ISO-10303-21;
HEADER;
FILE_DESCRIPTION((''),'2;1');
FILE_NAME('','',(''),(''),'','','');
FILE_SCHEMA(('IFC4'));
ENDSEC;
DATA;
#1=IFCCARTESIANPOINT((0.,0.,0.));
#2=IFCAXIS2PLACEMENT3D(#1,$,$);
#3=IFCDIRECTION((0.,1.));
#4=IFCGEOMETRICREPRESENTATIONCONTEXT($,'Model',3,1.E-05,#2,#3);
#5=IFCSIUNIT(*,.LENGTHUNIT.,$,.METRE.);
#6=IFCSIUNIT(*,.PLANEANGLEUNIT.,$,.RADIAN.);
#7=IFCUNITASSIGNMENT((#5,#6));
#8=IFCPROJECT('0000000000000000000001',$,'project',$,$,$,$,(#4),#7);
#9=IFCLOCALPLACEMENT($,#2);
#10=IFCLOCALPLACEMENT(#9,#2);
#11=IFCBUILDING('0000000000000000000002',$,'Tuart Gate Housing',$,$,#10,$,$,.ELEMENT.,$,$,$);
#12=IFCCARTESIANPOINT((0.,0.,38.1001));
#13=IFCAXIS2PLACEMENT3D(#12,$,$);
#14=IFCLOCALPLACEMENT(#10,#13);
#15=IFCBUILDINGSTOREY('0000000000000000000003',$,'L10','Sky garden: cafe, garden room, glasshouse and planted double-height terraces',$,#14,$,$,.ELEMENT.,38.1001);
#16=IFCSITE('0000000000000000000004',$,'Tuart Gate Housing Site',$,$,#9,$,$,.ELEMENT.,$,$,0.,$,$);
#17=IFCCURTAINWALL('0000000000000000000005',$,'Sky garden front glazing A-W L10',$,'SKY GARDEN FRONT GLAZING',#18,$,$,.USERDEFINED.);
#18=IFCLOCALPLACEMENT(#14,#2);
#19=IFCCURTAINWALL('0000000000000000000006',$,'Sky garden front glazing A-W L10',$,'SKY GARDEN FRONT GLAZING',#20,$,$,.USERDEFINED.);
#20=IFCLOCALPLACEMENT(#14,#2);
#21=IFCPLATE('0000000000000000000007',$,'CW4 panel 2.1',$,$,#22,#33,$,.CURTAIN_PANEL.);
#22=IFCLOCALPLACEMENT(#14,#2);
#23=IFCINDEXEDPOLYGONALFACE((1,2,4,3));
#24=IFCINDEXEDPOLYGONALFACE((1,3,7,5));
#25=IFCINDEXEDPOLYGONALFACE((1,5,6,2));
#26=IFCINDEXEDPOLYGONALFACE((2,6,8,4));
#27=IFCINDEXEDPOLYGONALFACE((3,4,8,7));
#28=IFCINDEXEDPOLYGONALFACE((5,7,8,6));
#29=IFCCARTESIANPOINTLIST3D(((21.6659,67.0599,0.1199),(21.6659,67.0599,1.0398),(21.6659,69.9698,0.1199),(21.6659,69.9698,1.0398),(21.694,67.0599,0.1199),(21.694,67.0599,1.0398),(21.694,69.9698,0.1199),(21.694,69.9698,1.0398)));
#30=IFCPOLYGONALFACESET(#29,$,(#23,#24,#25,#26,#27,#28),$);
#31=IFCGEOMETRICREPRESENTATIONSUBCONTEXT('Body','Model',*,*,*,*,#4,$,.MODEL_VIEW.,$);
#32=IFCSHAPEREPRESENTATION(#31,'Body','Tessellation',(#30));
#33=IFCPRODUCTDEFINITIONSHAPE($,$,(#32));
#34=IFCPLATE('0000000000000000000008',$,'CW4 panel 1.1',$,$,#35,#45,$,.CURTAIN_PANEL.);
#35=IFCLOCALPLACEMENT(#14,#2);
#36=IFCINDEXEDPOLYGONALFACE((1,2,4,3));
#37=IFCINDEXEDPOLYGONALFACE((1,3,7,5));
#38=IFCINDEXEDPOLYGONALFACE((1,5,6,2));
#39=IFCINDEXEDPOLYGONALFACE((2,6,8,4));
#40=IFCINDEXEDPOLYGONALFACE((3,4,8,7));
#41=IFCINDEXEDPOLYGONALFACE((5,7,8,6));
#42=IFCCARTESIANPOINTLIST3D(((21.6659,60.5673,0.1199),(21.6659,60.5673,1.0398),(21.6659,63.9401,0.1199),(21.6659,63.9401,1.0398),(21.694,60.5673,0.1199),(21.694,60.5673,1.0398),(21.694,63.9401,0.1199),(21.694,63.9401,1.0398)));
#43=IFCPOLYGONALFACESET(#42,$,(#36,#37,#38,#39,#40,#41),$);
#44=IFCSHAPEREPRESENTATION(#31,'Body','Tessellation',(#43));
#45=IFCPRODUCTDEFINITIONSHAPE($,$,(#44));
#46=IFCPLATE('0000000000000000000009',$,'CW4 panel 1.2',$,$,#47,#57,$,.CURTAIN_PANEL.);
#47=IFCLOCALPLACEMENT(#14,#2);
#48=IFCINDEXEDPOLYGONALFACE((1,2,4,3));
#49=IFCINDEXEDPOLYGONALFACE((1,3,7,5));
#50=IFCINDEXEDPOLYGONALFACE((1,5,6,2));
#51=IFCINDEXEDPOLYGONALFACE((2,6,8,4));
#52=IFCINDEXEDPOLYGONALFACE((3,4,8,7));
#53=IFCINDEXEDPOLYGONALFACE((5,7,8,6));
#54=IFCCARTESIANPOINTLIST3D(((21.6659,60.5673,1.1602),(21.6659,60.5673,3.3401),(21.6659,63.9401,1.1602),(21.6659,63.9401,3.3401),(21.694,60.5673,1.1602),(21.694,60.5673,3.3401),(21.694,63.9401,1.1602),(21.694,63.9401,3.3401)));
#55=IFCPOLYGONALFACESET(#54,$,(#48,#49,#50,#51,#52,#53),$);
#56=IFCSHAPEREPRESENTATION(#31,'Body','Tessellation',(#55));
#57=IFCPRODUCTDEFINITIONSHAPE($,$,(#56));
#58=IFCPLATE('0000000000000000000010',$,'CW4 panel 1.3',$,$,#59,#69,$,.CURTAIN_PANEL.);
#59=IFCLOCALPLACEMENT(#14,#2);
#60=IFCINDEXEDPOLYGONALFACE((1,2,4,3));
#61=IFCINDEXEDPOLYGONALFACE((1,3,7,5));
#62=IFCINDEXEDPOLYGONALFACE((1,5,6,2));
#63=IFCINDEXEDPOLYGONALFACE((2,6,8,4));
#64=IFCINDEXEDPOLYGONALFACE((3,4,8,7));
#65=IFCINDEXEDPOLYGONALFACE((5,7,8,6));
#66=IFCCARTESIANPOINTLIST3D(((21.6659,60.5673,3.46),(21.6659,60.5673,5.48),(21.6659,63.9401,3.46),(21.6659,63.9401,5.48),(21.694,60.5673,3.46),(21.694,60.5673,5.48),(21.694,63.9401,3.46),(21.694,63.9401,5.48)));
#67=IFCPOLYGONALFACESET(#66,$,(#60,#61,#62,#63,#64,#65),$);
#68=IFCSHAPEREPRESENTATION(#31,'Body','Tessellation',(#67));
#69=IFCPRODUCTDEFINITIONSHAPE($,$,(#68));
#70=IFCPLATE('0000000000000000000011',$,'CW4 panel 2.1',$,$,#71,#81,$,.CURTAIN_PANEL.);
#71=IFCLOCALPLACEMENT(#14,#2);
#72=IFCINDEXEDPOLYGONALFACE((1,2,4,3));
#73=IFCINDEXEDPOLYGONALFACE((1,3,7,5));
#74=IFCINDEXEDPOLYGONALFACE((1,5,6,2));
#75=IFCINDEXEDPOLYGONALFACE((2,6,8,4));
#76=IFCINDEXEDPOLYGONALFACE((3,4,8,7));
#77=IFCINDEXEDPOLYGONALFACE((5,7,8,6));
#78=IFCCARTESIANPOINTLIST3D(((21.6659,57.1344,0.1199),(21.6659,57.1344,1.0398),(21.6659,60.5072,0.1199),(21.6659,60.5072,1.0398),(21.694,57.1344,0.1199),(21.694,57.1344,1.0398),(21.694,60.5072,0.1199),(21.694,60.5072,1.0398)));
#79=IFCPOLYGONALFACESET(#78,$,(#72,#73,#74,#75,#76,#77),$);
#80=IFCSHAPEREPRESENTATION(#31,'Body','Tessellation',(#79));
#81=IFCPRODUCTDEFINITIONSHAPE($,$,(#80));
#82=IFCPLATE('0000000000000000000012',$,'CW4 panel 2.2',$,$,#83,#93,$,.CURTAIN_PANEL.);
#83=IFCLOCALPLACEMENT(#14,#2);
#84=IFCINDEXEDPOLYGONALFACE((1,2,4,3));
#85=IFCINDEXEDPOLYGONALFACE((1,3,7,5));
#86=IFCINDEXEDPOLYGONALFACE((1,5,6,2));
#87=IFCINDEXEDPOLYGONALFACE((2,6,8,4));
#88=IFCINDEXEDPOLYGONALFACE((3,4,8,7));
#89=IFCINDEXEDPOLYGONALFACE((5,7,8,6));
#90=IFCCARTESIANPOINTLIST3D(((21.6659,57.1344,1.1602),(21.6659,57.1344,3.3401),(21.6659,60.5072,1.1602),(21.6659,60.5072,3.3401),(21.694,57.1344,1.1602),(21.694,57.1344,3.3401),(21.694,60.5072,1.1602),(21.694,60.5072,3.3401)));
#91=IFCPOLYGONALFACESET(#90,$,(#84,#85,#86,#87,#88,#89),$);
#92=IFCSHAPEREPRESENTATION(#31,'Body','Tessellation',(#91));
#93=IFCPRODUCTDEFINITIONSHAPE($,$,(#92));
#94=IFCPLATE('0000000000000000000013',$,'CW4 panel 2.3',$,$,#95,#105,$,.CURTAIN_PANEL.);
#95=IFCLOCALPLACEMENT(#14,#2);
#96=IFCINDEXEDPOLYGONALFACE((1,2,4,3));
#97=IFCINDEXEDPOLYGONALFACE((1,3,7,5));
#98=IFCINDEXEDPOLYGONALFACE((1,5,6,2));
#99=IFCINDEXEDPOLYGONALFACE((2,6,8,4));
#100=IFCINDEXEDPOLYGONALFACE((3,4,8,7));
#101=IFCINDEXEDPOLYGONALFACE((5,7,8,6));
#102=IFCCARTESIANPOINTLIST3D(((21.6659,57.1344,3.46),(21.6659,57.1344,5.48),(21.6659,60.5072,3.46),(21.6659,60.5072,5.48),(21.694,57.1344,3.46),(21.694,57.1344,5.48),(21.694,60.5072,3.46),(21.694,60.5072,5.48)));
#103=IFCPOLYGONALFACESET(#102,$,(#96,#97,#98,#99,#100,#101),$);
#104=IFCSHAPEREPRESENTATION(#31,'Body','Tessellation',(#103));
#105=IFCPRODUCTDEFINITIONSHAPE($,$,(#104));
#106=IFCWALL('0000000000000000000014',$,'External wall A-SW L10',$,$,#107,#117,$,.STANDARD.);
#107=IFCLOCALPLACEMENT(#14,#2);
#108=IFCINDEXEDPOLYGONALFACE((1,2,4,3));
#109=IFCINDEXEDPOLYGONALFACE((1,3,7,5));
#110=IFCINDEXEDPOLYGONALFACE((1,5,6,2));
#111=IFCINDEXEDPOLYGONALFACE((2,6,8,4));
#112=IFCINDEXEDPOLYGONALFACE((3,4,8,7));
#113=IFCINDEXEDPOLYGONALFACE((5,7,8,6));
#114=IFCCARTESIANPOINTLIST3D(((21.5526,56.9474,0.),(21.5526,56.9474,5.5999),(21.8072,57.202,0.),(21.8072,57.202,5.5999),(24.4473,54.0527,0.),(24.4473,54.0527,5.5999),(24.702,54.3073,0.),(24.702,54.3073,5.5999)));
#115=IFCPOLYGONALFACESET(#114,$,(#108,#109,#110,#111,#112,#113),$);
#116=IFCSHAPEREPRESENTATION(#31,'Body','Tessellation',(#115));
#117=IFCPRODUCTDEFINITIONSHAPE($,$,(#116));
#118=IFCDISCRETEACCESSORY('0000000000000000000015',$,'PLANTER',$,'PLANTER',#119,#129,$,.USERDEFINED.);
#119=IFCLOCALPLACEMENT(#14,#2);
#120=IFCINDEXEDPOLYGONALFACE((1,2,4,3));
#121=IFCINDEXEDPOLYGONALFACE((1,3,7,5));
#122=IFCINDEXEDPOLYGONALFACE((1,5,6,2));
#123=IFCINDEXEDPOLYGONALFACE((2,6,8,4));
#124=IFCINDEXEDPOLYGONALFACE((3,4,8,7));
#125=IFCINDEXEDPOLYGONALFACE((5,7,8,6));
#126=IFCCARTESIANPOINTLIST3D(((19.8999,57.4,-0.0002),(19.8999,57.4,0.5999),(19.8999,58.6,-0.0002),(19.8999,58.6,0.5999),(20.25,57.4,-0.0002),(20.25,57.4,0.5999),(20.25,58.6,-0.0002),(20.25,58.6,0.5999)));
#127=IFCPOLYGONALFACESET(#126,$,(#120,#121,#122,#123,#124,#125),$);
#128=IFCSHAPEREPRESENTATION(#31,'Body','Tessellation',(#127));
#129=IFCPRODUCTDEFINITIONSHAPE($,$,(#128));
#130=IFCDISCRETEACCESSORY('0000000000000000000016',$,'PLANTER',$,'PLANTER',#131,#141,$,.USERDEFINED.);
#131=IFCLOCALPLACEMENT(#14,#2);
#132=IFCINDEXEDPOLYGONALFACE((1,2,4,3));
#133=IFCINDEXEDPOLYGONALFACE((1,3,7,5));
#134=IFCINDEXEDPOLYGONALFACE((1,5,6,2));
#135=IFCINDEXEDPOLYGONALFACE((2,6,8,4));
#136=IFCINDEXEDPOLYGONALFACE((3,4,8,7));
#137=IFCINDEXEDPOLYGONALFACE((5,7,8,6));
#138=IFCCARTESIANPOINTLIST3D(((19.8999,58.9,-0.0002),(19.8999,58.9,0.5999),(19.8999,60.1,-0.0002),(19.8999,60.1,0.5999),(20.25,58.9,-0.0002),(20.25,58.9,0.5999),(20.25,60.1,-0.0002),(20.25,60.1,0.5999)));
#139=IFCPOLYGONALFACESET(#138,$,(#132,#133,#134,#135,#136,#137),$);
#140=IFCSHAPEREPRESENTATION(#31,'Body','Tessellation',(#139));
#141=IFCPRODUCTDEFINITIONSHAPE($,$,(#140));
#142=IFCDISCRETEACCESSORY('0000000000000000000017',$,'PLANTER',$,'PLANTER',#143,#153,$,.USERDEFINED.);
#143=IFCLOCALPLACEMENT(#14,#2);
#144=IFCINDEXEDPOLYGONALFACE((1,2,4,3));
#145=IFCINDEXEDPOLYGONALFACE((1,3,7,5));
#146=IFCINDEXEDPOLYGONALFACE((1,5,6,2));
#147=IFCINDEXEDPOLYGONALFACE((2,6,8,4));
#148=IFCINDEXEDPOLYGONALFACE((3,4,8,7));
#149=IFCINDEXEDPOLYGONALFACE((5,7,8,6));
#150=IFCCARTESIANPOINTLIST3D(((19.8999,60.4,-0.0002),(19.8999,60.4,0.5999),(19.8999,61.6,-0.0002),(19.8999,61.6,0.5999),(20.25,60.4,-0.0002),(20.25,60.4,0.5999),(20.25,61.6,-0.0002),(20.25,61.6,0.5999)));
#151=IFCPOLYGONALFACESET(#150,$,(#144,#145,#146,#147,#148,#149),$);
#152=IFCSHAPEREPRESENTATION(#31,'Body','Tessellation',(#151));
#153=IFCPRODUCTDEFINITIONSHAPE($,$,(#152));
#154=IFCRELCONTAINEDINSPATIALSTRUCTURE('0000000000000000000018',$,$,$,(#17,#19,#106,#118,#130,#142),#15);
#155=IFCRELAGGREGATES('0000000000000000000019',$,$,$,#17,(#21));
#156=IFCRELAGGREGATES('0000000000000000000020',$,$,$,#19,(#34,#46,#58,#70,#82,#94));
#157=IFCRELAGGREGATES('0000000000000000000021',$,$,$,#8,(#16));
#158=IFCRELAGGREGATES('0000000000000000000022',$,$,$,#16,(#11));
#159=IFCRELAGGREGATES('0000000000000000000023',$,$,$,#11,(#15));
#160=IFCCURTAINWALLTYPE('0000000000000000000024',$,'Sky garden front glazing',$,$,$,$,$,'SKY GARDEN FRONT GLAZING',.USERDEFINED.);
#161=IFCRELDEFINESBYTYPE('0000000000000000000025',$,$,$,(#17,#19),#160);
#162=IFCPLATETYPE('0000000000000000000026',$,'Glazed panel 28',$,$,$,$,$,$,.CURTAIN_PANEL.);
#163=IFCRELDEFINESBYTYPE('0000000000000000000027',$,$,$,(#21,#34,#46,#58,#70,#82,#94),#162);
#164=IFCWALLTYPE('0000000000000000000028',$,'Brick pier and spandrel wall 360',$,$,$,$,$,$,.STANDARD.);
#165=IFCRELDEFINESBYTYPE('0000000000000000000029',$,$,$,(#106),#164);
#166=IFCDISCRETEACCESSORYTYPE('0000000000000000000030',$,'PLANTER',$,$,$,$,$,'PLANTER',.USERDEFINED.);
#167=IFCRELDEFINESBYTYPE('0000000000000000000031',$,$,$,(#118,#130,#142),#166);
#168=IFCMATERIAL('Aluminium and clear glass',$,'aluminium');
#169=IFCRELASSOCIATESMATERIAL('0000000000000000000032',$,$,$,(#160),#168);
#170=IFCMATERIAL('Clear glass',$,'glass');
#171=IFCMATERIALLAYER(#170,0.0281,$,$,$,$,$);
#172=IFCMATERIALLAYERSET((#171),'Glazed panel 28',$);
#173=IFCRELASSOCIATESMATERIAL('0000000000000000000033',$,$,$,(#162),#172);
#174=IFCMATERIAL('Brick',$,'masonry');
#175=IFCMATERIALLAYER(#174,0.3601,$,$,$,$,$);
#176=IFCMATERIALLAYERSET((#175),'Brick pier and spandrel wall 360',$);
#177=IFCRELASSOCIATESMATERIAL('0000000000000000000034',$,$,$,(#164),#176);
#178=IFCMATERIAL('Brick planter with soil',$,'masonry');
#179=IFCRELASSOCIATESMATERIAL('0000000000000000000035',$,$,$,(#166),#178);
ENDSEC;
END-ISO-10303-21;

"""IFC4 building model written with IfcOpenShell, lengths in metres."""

from ifc_helpers import new_model, si_unit, direction, frame, frame_2d, origin, origin_2d, place, context, subcontext, project, spatial, rectangle, extrude, material, layer, layer_set, type_object, element, aggregate, save


model = new_model("IFC4")

# Units and contexts
model_context = context("Model", 3, precision=1e-05, world=origin(), true_north=direction((0.0, 1.0)))
body_context = subcontext(model_context, "Body", "Model", "MODEL_VIEW")
ifc_project = project(units=[si_unit("LENGTHUNIT", "METRE"), si_unit("PLANEANGLEUNIT", "RADIAN")], contexts=[model_context])

# Site, building, storey
site_placement = place(None, origin())
site = spatial("IfcSite", under=ifc_project, at=site_placement, Name="Tuart Gate Housing Site", CompositionType="ELEMENT", RefElevation=0.0)
building_placement = place(site_placement, origin())
building = spatial("IfcBuilding", under=site, at=building_placement, Name="Tuart Gate Housing", CompositionType="ELEMENT")
storey_placement = place(building_placement, frame((0.0, 0.0, 38.1001)))
storey = spatial("IfcBuildingStorey", under=building, at=storey_placement, Name="L10", Description="Sky garden: cafe, garden room, glasshouse and planted double-height terraces", CompositionType="ELEMENT", Elevation=38.1001)

# Curtain wall
ifc_material_1 = material(Name="Aluminium and clear glass", Category="aluminium")
curtain_wall_type = type_object("IfcCurtainWallType", Name="Sky garden front glazing", ElementType="SKY GARDEN FRONT GLAZING", PredefinedType="USERDEFINED", material=ifc_material_1)
curtain_wall_1_placement = place(storey_placement, origin())
curtain_wall_1 = element("IfcCurtainWall", 1, at=curtain_wall_1_placement, inside=storey, type_object=curtain_wall_type, Name="Sky garden front glazing A-W L10", ObjectType="SKY GARDEN FRONT GLAZING", PredefinedType="USERDEFINED")

# Curtain wall
curtain_wall_2_placement = place(storey_placement, origin())
curtain_wall_2 = element("IfcCurtainWall", 2, at=curtain_wall_2_placement, inside=storey, type_object=curtain_wall_type, Name="Sky garden front glazing A-W L10", ObjectType="SKY GARDEN FRONT GLAZING", PredefinedType="USERDEFINED")

# Plates
ifc_material_2 = material(Name="Clear glass", Category="glass")
ifc_layer_1 = layer(ifc_material_2, 0.0281)
ifc_layer_set_1 = layer_set([ifc_layer_1], Name="Glazed panel 28")
plate_type = type_object("IfcPlateType", Name="Glazed panel 28", PredefinedType="CURTAIN_PANEL", material=ifc_layer_set_1)
plate_1_placement = place(storey_placement, frame((21.6799, 68.5149, 0.1199), z_axis=(0.0, 0.0, 1.0), x_axis=(0.0, -1.0, 0.0)))
plate_1 = element("IfcPlate", 3, at=plate_1_placement, type_object=plate_type, Name="CW4 panel 2.1", PredefinedType="CURTAIN_PANEL", context=body_context, shape_type="SweptSolid", body=[
    extrude(rectangle(XDim=2.9099, YDim=0.0281, at=origin_2d()), origin(), (0.0, 0.0, 1.0), 0.9199),
])
aggregate(curtain_wall_1, [plate_1])
plate_2_placement = place(storey_placement, frame((21.6799, 62.2537, 0.1199), z_axis=(0.0, 0.0, 1.0), x_axis=(0.0, -1.0, 0.0)))
plate_2 = element("IfcPlate", 4, at=plate_2_placement, type_object=plate_type, Name="CW4 panel 1.1", PredefinedType="CURTAIN_PANEL", context=body_context, shape_type="SweptSolid", body=[
    extrude(rectangle(XDim=3.3728, YDim=0.0281, at=origin_2d()), origin(), (0.0, 0.0, 1.0), 0.9199),
])
plate_3_placement = place(storey_placement, frame((21.6799, 62.2537, 1.1602), z_axis=(0.0, 0.0, 1.0), x_axis=(0.0, -1.0, 0.0)))
plate_3 = element("IfcPlate", 5, at=plate_3_placement, type_object=plate_type, Name="CW4 panel 1.2", PredefinedType="CURTAIN_PANEL", context=body_context, shape_type="SweptSolid", body=[
    extrude(rectangle(XDim=3.3728, YDim=0.0281, at=origin_2d()), origin(), (0.0, 0.0, 1.0), 2.1799),
])
plate_4_placement = place(storey_placement, frame((21.6799, 62.2537, 3.46), z_axis=(0.0, 0.0, 1.0), x_axis=(0.0, -1.0, 0.0)))
plate_4 = element("IfcPlate", 6, at=plate_4_placement, type_object=plate_type, Name="CW4 panel 1.3", PredefinedType="CURTAIN_PANEL", context=body_context, shape_type="SweptSolid", body=[
    extrude(rectangle(XDim=3.3728, YDim=0.0281, at=origin_2d()), origin(), (0.0, 0.0, 1.0), 2.02),
])
plate_5_placement = place(storey_placement, frame((21.6799, 58.8208, 0.1199), z_axis=(0.0, 0.0, 1.0), x_axis=(0.0, -1.0, 0.0)))
plate_5 = element("IfcPlate", 7, at=plate_5_placement, type_object=plate_type, Name="CW4 panel 2.1", PredefinedType="CURTAIN_PANEL", context=body_context, shape_type="SweptSolid", body=[
    extrude(rectangle(XDim=3.3728, YDim=0.0281, at=origin_2d()), origin(), (0.0, 0.0, 1.0), 0.9199),
])
plate_6_placement = place(storey_placement, frame((21.6799, 58.8208, 1.1602), z_axis=(0.0, 0.0, 1.0), x_axis=(0.0, -1.0, 0.0)))
plate_6 = element("IfcPlate", 8, at=plate_6_placement, type_object=plate_type, Name="CW4 panel 2.2", PredefinedType="CURTAIN_PANEL", context=body_context, shape_type="SweptSolid", body=[
    extrude(rectangle(XDim=3.3728, YDim=0.0281, at=origin_2d()), origin(), (0.0, 0.0, 1.0), 2.1799),
])
plate_7_placement = place(storey_placement, frame((21.6799, 58.8208, 3.46), z_axis=(0.0, 0.0, 1.0), x_axis=(0.0, -1.0, 0.0)))
plate_7 = element("IfcPlate", 9, at=plate_7_placement, type_object=plate_type, Name="CW4 panel 2.3", PredefinedType="CURTAIN_PANEL", context=body_context, shape_type="SweptSolid", body=[
    extrude(rectangle(XDim=3.3728, YDim=0.0281, at=origin_2d()), origin(), (0.0, 0.0, 1.0), 2.02),
])
aggregate(curtain_wall_2, [plate_2, plate_3, plate_4, plate_5, plate_6, plate_7])

# Wall
ifc_material_3 = material(Name="Brick", Category="masonry")
ifc_layer_2 = layer(ifc_material_3, 0.3601)
ifc_layer_set_2 = layer_set([ifc_layer_2], Name="Brick pier and spandrel wall 360")
wall_type = type_object("IfcWallType", Name="Brick pier and spandrel wall 360", PredefinedType="STANDARD", material=ifc_layer_set_2)
wall_1_placement = place(storey_placement, frame((21.6799, 57.0747, 0.0), z_axis=(0.0, 0.0, 1.0), x_axis=(0.707107, -0.707107, 0.0)))
element("IfcWall", 10, at=wall_1_placement, inside=storey, type_object=wall_type, Name="External wall A-SW L10", PredefinedType="STANDARD", context=body_context, shape_type="SweptSolid", body=[
    extrude(rectangle(XDim=4.0938, YDim=0.3601, at=frame_2d((2.0469, 0.0))), origin(), (0.0, 0.0, 1.0), 5.5999),
])

# Discrete accessories
ifc_material_4 = material(Name="Brick planter with soil", Category="masonry")
discrete_accessory_type = type_object("IfcDiscreteAccessoryType", Name="PLANTER", ElementType="PLANTER", PredefinedType="USERDEFINED", material=ifc_material_4)
for number, where, z_axis, x_axis, name in (
    (11, (20.075, 58.0, -0.0002), (0.0, 0.0, 1.0), (1.0, 0.0, 0.0), "PLANTER"),
    (12, (20.075, 59.5, -0.0002), (0.0, 0.0, 1.0), (1.0, 0.0, 0.0), "PLANTER"),
    (13, (20.075, 61.0, -0.0002), (0.0, 0.0, 1.0), (1.0, 0.0, 0.0), "PLANTER"),
):
    element("IfcDiscreteAccessory", number, at=place(storey_placement, frame(where, z_axis=z_axis, x_axis=x_axis)), inside=storey, type_object=discrete_accessory_type, Name=name, ObjectType="PLANTER", PredefinedType="USERDEFINED", context=body_context, shape_type="SweptSolid", body=[
        extrude(rectangle(XDim=0.3501, YDim=1.2, at=origin_2d()), origin(), (0.0, 0.0, 1.0), 0.6001),
    ])

save(model, "model.ifc")
